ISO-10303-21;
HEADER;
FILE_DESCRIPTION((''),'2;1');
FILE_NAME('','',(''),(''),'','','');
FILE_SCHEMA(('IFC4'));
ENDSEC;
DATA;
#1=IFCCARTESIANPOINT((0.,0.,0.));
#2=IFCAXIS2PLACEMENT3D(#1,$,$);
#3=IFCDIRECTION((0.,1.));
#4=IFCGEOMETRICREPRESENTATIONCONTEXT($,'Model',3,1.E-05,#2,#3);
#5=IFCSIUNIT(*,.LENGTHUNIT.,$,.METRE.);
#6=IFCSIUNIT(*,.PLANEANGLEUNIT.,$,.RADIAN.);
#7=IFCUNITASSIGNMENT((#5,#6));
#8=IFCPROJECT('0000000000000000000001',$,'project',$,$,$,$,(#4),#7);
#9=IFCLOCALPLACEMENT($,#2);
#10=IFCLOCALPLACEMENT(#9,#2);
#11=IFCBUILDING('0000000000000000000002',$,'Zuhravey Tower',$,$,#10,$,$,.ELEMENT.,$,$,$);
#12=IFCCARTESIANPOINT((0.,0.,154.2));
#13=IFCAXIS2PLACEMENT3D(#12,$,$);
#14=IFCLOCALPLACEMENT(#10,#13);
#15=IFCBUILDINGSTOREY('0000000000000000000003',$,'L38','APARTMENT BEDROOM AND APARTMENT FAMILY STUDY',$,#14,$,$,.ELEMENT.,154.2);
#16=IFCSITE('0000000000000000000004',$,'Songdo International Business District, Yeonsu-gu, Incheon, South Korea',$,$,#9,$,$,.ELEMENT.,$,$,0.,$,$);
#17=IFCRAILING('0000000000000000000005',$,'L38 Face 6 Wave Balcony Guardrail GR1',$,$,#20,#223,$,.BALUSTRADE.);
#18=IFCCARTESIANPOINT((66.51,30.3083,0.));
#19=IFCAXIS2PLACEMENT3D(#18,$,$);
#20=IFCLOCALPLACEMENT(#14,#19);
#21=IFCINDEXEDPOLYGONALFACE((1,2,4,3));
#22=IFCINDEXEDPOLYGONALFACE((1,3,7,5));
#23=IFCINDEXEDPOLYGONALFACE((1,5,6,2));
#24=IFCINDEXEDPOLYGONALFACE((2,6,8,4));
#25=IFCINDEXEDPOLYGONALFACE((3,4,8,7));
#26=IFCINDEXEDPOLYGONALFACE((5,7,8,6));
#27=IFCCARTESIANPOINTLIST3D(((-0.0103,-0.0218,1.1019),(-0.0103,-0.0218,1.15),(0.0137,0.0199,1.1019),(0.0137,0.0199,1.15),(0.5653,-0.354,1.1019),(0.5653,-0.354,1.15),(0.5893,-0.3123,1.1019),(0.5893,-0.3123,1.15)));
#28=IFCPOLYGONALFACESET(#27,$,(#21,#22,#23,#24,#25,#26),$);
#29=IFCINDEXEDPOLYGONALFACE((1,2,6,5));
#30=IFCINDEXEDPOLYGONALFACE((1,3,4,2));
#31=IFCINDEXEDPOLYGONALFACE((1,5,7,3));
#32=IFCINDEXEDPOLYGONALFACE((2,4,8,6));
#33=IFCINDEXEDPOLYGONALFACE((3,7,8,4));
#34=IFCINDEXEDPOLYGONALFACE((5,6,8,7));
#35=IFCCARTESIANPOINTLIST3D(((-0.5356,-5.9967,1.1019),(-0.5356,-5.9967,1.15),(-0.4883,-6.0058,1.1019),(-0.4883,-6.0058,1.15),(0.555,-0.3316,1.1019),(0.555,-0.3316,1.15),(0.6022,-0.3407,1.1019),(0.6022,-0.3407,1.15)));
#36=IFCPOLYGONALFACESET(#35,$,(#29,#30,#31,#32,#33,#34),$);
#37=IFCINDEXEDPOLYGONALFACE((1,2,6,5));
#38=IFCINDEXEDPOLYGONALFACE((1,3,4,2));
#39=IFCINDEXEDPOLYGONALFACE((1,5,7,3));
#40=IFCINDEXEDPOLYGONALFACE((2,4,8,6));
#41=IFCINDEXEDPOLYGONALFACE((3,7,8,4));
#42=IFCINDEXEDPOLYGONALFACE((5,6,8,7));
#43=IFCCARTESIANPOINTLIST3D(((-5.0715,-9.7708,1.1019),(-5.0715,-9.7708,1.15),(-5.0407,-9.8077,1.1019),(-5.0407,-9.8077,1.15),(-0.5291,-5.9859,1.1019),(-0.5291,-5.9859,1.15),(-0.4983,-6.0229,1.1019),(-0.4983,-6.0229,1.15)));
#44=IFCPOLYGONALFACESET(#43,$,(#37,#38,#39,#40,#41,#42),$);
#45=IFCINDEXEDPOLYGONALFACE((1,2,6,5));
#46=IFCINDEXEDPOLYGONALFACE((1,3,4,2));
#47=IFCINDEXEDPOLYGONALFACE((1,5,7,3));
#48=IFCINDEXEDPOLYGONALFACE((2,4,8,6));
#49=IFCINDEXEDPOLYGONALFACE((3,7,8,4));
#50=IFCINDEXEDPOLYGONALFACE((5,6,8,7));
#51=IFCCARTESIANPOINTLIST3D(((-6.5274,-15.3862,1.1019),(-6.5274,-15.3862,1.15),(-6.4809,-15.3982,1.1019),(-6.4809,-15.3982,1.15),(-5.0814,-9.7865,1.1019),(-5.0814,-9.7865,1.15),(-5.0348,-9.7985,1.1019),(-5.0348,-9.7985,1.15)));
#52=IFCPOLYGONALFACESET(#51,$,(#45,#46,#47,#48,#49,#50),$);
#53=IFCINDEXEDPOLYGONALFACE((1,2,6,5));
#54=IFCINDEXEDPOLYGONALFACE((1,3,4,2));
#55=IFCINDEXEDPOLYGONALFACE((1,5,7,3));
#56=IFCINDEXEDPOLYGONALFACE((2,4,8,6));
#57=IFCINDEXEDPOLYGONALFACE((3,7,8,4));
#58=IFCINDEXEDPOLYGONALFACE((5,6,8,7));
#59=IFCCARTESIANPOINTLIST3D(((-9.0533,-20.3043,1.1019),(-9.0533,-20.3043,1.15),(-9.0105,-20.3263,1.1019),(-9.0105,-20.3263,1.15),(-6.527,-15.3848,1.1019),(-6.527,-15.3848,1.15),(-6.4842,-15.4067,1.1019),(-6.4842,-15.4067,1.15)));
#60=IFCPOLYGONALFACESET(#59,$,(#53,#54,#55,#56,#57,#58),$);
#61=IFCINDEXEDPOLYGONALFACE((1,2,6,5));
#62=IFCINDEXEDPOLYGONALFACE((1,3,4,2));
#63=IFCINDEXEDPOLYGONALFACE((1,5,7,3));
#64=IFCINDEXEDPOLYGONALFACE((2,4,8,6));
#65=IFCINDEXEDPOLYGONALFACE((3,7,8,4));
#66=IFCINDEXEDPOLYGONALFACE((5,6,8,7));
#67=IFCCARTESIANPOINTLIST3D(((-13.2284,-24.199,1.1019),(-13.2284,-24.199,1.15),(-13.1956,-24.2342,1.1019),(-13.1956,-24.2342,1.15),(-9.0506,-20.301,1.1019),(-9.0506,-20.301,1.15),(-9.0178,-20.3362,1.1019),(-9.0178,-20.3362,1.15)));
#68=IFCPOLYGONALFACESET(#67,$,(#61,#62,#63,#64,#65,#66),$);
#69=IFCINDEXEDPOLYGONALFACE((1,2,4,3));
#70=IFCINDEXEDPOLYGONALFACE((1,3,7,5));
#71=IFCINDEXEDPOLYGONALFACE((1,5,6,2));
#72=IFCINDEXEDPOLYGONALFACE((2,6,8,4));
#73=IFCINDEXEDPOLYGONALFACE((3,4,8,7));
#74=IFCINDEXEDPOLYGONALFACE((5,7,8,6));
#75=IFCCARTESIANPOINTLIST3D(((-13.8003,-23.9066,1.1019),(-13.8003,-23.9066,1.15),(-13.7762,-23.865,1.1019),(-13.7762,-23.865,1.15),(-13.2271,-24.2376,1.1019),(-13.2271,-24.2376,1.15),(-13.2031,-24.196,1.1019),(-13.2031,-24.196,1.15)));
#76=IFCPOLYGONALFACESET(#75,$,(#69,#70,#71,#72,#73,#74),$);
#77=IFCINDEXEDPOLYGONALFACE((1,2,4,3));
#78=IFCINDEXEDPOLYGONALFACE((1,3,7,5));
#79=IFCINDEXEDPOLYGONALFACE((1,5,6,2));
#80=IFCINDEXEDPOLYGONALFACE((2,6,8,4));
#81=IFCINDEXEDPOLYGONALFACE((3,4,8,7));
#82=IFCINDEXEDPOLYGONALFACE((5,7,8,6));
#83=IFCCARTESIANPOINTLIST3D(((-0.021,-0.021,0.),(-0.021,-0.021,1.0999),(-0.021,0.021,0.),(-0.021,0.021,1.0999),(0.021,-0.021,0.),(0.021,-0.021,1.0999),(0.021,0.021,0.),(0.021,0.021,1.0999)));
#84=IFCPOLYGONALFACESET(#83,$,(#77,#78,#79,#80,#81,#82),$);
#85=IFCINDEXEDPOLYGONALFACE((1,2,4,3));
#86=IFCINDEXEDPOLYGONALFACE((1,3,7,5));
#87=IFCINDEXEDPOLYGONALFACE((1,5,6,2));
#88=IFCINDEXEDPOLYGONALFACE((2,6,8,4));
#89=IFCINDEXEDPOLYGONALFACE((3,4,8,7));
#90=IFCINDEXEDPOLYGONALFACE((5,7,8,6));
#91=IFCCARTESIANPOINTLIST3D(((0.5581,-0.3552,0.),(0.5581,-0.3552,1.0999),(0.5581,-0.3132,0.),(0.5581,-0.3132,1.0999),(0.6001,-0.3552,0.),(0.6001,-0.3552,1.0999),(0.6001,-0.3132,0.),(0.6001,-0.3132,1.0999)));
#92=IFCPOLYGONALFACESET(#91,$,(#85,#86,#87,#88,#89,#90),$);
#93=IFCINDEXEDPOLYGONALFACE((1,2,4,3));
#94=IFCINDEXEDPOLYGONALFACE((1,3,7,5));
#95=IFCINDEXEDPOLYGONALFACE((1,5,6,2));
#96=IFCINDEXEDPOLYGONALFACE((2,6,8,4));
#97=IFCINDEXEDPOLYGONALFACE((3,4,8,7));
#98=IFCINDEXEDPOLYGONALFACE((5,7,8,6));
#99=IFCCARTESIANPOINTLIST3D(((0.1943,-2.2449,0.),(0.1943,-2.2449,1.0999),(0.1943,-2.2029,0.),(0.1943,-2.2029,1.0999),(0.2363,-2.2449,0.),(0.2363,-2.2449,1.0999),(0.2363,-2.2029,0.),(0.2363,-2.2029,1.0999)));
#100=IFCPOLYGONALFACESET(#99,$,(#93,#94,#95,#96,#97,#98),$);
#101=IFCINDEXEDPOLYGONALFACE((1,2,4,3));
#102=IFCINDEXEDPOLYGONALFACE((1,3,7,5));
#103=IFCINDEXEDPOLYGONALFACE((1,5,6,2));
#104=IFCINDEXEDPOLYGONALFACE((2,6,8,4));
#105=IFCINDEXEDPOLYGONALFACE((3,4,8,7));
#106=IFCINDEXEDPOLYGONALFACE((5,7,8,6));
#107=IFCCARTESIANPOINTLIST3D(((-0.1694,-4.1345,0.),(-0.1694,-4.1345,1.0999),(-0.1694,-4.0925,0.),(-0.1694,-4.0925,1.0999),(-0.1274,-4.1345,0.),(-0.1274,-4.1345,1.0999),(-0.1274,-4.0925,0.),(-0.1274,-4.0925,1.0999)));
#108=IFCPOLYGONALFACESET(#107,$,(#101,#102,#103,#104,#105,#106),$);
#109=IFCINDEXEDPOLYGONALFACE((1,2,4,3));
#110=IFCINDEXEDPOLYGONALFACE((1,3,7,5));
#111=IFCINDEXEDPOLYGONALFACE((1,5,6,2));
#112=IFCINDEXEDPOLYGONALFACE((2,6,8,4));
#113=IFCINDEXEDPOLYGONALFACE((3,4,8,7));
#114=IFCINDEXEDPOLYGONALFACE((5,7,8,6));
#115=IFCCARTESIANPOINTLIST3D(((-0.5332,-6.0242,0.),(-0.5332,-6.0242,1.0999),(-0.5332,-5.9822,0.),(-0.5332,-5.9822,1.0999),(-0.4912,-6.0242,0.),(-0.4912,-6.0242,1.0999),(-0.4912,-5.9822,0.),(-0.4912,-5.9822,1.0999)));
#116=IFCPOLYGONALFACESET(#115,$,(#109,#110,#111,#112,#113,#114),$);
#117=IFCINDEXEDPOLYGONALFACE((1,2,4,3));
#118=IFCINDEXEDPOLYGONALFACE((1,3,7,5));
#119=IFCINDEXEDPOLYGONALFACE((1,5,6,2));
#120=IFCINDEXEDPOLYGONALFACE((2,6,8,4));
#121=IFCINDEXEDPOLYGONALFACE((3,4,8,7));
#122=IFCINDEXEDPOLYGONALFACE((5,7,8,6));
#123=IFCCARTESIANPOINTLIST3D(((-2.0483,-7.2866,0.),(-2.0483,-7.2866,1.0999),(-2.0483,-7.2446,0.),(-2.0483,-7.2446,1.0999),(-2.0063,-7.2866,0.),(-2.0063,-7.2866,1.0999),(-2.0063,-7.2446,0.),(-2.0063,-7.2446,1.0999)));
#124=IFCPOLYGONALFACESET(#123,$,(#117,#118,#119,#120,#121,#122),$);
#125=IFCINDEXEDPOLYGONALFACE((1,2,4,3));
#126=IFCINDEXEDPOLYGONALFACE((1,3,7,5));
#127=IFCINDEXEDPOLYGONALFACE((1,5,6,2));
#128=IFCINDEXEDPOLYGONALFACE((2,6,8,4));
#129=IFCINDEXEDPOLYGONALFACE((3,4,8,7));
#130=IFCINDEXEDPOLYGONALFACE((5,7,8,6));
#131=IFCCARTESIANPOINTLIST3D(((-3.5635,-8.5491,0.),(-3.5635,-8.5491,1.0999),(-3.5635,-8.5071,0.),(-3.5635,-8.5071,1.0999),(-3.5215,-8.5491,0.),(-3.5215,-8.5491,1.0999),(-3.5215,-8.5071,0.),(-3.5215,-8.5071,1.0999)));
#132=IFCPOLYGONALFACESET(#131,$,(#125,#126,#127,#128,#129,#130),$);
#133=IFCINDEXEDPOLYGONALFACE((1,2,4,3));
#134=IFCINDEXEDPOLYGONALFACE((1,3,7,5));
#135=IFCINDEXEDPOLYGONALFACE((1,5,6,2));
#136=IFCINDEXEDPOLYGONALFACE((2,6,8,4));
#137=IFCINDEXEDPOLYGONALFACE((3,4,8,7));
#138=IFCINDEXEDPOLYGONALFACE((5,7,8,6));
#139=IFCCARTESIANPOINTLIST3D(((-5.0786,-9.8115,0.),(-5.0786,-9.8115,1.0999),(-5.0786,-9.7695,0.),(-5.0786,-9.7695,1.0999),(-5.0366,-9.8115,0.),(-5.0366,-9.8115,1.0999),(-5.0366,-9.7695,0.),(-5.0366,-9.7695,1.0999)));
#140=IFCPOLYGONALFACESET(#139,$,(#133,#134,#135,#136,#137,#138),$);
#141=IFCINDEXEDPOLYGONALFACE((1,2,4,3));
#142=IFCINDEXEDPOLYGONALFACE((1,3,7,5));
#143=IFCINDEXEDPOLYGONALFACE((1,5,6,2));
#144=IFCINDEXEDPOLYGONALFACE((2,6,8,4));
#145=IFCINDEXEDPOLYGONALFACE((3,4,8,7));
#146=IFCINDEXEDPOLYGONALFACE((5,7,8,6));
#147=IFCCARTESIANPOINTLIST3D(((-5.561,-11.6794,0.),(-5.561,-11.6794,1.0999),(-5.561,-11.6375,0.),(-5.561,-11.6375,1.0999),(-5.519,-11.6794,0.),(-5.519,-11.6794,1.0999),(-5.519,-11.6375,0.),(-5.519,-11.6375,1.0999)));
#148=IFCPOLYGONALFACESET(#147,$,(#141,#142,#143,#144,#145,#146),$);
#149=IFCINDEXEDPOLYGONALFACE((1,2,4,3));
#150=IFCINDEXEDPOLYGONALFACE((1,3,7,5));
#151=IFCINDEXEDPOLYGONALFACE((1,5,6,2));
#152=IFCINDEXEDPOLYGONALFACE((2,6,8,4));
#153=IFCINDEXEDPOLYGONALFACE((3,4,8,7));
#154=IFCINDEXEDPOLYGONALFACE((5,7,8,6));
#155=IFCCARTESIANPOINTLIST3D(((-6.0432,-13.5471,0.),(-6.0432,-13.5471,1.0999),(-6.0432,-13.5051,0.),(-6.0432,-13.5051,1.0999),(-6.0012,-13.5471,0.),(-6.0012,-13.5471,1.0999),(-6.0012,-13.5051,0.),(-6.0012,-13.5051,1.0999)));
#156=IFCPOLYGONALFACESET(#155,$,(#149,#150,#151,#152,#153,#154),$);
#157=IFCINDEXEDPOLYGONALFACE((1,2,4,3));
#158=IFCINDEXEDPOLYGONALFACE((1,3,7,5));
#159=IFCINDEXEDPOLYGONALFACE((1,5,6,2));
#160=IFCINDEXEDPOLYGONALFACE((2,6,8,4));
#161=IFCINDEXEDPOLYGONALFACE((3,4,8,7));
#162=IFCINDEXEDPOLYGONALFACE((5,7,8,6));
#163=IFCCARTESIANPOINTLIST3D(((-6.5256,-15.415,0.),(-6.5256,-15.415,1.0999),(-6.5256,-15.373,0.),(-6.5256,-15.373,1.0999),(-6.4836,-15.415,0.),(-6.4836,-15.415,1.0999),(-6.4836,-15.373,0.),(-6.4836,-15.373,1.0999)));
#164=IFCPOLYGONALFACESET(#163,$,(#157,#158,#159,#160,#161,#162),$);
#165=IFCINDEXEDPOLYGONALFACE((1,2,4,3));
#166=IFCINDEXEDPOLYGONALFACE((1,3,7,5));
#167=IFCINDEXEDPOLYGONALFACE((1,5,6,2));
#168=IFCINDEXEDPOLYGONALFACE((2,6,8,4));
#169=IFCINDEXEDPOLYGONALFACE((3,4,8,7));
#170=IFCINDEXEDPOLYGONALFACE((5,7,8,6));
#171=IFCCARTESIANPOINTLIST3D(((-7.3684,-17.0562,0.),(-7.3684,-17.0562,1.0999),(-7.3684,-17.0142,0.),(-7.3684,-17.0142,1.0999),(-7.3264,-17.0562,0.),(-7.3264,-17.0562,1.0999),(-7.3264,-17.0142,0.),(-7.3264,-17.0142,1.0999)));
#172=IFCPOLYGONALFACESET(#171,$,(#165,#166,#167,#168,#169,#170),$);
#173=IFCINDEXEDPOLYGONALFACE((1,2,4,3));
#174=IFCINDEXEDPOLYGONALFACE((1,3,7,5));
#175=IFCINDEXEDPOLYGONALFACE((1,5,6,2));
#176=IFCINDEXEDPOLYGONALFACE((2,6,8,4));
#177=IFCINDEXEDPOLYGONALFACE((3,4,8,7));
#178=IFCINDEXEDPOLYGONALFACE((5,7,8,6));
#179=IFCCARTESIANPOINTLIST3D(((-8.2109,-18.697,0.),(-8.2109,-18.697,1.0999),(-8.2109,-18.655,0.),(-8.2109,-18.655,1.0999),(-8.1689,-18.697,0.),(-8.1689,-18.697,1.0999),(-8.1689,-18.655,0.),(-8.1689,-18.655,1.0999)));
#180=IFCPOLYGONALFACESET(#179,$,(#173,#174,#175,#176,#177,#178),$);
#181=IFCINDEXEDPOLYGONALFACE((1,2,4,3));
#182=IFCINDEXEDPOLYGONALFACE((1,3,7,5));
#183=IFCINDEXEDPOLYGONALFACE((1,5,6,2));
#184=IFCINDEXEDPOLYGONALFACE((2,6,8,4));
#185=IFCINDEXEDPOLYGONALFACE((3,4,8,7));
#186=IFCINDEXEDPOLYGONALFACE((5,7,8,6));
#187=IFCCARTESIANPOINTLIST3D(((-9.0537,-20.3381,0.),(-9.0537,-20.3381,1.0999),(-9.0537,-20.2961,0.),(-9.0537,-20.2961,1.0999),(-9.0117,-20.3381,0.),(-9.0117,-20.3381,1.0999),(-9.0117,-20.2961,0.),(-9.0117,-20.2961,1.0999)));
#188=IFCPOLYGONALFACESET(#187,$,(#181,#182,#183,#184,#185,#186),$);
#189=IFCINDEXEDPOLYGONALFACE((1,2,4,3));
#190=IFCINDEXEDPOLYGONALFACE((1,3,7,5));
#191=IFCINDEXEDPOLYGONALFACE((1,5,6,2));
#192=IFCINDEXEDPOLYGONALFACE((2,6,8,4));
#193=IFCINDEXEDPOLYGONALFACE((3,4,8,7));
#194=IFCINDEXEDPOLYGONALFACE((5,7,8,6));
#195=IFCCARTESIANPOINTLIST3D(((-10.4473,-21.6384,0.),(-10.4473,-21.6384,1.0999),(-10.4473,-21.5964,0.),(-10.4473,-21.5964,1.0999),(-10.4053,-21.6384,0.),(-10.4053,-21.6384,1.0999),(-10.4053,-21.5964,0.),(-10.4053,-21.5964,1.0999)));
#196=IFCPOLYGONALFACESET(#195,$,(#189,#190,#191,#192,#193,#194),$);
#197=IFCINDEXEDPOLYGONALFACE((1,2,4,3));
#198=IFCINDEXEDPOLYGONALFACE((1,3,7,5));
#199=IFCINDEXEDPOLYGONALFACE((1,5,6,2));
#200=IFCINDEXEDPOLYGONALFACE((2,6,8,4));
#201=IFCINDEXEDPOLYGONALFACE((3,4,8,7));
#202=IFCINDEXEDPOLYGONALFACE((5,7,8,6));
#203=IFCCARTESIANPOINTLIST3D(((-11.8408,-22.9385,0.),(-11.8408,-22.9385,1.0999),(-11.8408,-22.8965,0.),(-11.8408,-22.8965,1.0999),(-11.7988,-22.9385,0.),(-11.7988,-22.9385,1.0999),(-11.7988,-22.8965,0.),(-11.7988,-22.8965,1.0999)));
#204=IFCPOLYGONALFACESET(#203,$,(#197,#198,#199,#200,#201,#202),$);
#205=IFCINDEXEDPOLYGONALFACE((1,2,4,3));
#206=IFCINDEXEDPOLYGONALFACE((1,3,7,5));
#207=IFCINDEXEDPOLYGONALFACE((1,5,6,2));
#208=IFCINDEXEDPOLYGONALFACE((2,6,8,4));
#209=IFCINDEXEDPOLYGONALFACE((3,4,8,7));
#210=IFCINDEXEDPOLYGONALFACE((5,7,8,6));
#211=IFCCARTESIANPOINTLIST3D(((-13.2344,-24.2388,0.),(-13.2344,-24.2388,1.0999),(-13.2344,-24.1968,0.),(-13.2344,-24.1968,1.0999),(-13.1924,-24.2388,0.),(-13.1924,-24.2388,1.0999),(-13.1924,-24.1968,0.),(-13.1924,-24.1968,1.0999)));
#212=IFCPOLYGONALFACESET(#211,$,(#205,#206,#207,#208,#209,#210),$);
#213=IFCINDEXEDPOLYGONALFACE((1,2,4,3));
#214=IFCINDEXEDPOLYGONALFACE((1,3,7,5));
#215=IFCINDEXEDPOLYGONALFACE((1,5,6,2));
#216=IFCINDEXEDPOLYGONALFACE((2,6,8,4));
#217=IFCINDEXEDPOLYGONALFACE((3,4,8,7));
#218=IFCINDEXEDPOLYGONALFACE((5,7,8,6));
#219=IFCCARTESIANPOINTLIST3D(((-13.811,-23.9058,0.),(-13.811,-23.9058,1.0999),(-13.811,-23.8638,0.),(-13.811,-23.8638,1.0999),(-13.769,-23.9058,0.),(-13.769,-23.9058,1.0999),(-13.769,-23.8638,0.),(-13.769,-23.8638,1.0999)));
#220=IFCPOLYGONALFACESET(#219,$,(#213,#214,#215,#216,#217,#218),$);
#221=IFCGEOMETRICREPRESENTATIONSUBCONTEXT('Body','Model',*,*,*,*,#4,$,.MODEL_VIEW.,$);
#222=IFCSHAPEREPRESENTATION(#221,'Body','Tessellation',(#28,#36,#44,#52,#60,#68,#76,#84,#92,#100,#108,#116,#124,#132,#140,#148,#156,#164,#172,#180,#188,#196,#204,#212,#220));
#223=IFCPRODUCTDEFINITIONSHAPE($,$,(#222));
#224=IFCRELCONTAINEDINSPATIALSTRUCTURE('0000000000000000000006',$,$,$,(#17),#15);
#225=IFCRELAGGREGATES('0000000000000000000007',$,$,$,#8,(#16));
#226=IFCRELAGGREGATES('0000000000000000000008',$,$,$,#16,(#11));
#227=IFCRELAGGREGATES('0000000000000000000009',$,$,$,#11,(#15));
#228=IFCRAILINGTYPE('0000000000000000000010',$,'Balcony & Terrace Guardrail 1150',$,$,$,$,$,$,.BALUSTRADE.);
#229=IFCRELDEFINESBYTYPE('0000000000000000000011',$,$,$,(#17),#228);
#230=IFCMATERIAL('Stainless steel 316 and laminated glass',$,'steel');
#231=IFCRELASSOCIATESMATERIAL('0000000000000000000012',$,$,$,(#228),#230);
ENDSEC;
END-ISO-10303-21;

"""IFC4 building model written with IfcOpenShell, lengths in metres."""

from ifc_helpers import new_model, si_unit, direction, frame, origin, origin_2d, place, context, subcontext, project, spatial, rectangle, extrude, material, type_object, element, save


model = new_model("IFC4")

# Units and contexts
model_context = context("Model", 3, precision=1e-05, world=origin(), true_north=direction((0.0, 1.0)))
body_context = subcontext(model_context, "Body", "Model", "MODEL_VIEW")
ifc_project = project(units=[si_unit("LENGTHUNIT", "METRE"), si_unit("PLANEANGLEUNIT", "RADIAN")], contexts=[model_context])

# Site, building, storey
site_placement = place(None, origin())
site = spatial("IfcSite", under=ifc_project, at=site_placement, Name="Songdo International Business District, Yeonsu-gu, Incheon, South Korea", CompositionType="ELEMENT", RefElevation=0.0)
building_placement = place(site_placement, origin())
building = spatial("IfcBuilding", under=site, at=building_placement, Name="Zuhravey Tower", CompositionType="ELEMENT")
storey_placement = place(building_placement, frame((0.0, 0.0, 154.2)))
storey = spatial("IfcBuildingStorey", under=building, at=storey_placement, Name="L38", Description="APARTMENT BEDROOM AND APARTMENT FAMILY STUDY", CompositionType="ELEMENT", Elevation=154.2)

# Railing
ifc_material_1 = material(Name="Stainless steel 316 and laminated glass", Category="steel")
railing_type = type_object("IfcRailingType", Name="Balcony & Terrace Guardrail 1150", PredefinedType="BALUSTRADE", material=ifc_material_1)
railing_placement = place(storey_placement, frame((66.51, 30.3083, 0.0)))
element("IfcRailing", 1, at=railing_placement, inside=storey, type_object=railing_type, Name="L38 Face 6 Wave Balcony Guardrail GR1", PredefinedType="BALUSTRADE", context=body_context, shape_type="SweptSolid", body=[
    extrude(rectangle(XDim=0.0481, YDim=0.0481, at=origin_2d()), frame((0.0017, -0.001, 1.126), z_axis=(0.8661, -0.49987, 0.0), x_axis=(0.49987, 0.8661, 0.0)), (0.0, 0.0, 1.0), 0.6646),
    extrude(rectangle(XDim=0.0481, YDim=0.0481, at=origin_2d()), frame((0.5786, -0.3362, 1.126), z_axis=(-0.189036, -0.98197, 0.0), x_axis=(0.98197, -0.189036, 0.0)), (0.0, 0.0, 1.0), 5.769),
    extrude(rectangle(XDim=0.0481, YDim=0.0481, at=origin_2d()), frame((-0.5137, -6.0044, 1.126), z_axis=(-0.768262, -0.640136, 0.0), x_axis=(0.640136, -0.768262, 0.0)), (0.0, 0.0, 1.0), 5.9126),
    extrude(rectangle(XDim=0.0481, YDim=0.0481, at=origin_2d()), frame((-5.0581, -9.7925, 1.126), z_axis=(-0.250032, -0.968237, 0.0), x_axis=(0.968237, -0.250032, 0.0)), (0.0, 0.0, 1.0), 5.7834),
    extrude(rectangle(XDim=0.0481, YDim=0.0481, at=origin_2d()), frame((-6.5056, -15.3958, 1.126), z_axis=(-0.456805, -0.889567, 0.0), x_axis=(0.889567, -0.456805, 0.0)), (0.0, 0.0, 1.0), 5.5303),
    extrude(rectangle(XDim=0.0481, YDim=0.0481, at=origin_2d()), frame((-9.0342, -20.3186, 1.126), z_axis=(-0.73117, -0.682195, 0.0), x_axis=(0.682195, -0.73117, 0.0)), (0.0, 0.0, 1.0), 5.7139),
    extrude(rectangle(XDim=0.0481, YDim=0.0481, at=origin_2d()), frame((-13.2151, -24.2168, 1.126), z_axis=(-0.865978, 0.500082, 0.0), x_axis=(-0.500082, -0.865978, 0.0)), (0.0, 0.0, 1.0), 0.6619),
    extrude(rectangle(XDim=0.042, YDim=0.042, at=origin_2d()), origin(), (0.0, 0.0, 1.0), 1.0999),
    extrude(rectangle(XDim=0.042, YDim=0.042, at=origin_2d()), frame((0.5791, -0.3342, 0.0)), (0.0, 0.0, 1.0), 1.0999),
    extrude(rectangle(XDim=0.042, YDim=0.042, at=origin_2d()), frame((0.2153, -2.2239, 0.0)), (0.0, 0.0, 1.0), 1.0999),
    extrude(rectangle(XDim=0.042, YDim=0.042, at=origin_2d()), frame((-0.1484, -4.1135, 0.0)), (0.0, 0.0, 1.0), 1.0999),
    extrude(rectangle(XDim=0.042, YDim=0.042, at=origin_2d()), frame((-0.5122, -6.0032, 0.0)), (0.0, 0.0, 1.0), 1.0999),
    extrude(rectangle(XDim=0.042, YDim=0.042, at=origin_2d()), frame((-2.0273, -7.2656, 0.0)), (0.0, 0.0, 1.0), 1.0999),
    extrude(rectangle(XDim=0.042, YDim=0.042, at=origin_2d()), frame((-3.5425, -8.5281, 0.0)), (0.0, 0.0, 1.0), 1.0999),
    extrude(rectangle(XDim=0.042, YDim=0.042, at=origin_2d()), frame((-5.0576, -9.7905, 0.0)), (0.0, 0.0, 1.0), 1.0999),
    extrude(rectangle(XDim=0.042, YDim=0.042, at=origin_2d()), frame((-5.54, -11.6584, 0.0)), (0.0, 0.0, 1.0), 1.0999),
    extrude(rectangle(XDim=0.042, YDim=0.042, at=origin_2d()), frame((-6.0222, -13.5261, 0.0)), (0.0, 0.0, 1.0), 1.0999),
    extrude(rectangle(XDim=0.042, YDim=0.042, at=origin_2d()), frame((-6.5046, -15.394, 0.0)), (0.0, 0.0, 1.0), 1.0999),
    extrude(rectangle(XDim=0.042, YDim=0.042, at=origin_2d()), frame((-7.3474, -17.0352, 0.0)), (0.0, 0.0, 1.0), 1.0999),
    extrude(rectangle(XDim=0.042, YDim=0.042, at=origin_2d()), frame((-8.1899, -18.676, 0.0)), (0.0, 0.0, 1.0), 1.0999),
    extrude(rectangle(XDim=0.042, YDim=0.042, at=origin_2d()), frame((-9.0327, -20.3171, 0.0)), (0.0, 0.0, 1.0), 1.0999),
    extrude(rectangle(XDim=0.042, YDim=0.042, at=origin_2d()), frame((-10.4263, -21.6174, 0.0)), (0.0, 0.0, 1.0), 1.0999),
    extrude(rectangle(XDim=0.042, YDim=0.042, at=origin_2d()), frame((-11.8198, -22.9175, 0.0)), (0.0, 0.0, 1.0), 1.0999),
    extrude(rectangle(XDim=0.042, YDim=0.042, at=origin_2d()), frame((-13.2134, -24.2178, 0.0)), (0.0, 0.0, 1.0), 1.0999),
    extrude(rectangle(XDim=0.042, YDim=0.042, at=origin_2d()), frame((-13.79, -23.8848, 0.0)), (0.0, 0.0, 1.0), 1.0999),
])

save(model, "model.ifc")
